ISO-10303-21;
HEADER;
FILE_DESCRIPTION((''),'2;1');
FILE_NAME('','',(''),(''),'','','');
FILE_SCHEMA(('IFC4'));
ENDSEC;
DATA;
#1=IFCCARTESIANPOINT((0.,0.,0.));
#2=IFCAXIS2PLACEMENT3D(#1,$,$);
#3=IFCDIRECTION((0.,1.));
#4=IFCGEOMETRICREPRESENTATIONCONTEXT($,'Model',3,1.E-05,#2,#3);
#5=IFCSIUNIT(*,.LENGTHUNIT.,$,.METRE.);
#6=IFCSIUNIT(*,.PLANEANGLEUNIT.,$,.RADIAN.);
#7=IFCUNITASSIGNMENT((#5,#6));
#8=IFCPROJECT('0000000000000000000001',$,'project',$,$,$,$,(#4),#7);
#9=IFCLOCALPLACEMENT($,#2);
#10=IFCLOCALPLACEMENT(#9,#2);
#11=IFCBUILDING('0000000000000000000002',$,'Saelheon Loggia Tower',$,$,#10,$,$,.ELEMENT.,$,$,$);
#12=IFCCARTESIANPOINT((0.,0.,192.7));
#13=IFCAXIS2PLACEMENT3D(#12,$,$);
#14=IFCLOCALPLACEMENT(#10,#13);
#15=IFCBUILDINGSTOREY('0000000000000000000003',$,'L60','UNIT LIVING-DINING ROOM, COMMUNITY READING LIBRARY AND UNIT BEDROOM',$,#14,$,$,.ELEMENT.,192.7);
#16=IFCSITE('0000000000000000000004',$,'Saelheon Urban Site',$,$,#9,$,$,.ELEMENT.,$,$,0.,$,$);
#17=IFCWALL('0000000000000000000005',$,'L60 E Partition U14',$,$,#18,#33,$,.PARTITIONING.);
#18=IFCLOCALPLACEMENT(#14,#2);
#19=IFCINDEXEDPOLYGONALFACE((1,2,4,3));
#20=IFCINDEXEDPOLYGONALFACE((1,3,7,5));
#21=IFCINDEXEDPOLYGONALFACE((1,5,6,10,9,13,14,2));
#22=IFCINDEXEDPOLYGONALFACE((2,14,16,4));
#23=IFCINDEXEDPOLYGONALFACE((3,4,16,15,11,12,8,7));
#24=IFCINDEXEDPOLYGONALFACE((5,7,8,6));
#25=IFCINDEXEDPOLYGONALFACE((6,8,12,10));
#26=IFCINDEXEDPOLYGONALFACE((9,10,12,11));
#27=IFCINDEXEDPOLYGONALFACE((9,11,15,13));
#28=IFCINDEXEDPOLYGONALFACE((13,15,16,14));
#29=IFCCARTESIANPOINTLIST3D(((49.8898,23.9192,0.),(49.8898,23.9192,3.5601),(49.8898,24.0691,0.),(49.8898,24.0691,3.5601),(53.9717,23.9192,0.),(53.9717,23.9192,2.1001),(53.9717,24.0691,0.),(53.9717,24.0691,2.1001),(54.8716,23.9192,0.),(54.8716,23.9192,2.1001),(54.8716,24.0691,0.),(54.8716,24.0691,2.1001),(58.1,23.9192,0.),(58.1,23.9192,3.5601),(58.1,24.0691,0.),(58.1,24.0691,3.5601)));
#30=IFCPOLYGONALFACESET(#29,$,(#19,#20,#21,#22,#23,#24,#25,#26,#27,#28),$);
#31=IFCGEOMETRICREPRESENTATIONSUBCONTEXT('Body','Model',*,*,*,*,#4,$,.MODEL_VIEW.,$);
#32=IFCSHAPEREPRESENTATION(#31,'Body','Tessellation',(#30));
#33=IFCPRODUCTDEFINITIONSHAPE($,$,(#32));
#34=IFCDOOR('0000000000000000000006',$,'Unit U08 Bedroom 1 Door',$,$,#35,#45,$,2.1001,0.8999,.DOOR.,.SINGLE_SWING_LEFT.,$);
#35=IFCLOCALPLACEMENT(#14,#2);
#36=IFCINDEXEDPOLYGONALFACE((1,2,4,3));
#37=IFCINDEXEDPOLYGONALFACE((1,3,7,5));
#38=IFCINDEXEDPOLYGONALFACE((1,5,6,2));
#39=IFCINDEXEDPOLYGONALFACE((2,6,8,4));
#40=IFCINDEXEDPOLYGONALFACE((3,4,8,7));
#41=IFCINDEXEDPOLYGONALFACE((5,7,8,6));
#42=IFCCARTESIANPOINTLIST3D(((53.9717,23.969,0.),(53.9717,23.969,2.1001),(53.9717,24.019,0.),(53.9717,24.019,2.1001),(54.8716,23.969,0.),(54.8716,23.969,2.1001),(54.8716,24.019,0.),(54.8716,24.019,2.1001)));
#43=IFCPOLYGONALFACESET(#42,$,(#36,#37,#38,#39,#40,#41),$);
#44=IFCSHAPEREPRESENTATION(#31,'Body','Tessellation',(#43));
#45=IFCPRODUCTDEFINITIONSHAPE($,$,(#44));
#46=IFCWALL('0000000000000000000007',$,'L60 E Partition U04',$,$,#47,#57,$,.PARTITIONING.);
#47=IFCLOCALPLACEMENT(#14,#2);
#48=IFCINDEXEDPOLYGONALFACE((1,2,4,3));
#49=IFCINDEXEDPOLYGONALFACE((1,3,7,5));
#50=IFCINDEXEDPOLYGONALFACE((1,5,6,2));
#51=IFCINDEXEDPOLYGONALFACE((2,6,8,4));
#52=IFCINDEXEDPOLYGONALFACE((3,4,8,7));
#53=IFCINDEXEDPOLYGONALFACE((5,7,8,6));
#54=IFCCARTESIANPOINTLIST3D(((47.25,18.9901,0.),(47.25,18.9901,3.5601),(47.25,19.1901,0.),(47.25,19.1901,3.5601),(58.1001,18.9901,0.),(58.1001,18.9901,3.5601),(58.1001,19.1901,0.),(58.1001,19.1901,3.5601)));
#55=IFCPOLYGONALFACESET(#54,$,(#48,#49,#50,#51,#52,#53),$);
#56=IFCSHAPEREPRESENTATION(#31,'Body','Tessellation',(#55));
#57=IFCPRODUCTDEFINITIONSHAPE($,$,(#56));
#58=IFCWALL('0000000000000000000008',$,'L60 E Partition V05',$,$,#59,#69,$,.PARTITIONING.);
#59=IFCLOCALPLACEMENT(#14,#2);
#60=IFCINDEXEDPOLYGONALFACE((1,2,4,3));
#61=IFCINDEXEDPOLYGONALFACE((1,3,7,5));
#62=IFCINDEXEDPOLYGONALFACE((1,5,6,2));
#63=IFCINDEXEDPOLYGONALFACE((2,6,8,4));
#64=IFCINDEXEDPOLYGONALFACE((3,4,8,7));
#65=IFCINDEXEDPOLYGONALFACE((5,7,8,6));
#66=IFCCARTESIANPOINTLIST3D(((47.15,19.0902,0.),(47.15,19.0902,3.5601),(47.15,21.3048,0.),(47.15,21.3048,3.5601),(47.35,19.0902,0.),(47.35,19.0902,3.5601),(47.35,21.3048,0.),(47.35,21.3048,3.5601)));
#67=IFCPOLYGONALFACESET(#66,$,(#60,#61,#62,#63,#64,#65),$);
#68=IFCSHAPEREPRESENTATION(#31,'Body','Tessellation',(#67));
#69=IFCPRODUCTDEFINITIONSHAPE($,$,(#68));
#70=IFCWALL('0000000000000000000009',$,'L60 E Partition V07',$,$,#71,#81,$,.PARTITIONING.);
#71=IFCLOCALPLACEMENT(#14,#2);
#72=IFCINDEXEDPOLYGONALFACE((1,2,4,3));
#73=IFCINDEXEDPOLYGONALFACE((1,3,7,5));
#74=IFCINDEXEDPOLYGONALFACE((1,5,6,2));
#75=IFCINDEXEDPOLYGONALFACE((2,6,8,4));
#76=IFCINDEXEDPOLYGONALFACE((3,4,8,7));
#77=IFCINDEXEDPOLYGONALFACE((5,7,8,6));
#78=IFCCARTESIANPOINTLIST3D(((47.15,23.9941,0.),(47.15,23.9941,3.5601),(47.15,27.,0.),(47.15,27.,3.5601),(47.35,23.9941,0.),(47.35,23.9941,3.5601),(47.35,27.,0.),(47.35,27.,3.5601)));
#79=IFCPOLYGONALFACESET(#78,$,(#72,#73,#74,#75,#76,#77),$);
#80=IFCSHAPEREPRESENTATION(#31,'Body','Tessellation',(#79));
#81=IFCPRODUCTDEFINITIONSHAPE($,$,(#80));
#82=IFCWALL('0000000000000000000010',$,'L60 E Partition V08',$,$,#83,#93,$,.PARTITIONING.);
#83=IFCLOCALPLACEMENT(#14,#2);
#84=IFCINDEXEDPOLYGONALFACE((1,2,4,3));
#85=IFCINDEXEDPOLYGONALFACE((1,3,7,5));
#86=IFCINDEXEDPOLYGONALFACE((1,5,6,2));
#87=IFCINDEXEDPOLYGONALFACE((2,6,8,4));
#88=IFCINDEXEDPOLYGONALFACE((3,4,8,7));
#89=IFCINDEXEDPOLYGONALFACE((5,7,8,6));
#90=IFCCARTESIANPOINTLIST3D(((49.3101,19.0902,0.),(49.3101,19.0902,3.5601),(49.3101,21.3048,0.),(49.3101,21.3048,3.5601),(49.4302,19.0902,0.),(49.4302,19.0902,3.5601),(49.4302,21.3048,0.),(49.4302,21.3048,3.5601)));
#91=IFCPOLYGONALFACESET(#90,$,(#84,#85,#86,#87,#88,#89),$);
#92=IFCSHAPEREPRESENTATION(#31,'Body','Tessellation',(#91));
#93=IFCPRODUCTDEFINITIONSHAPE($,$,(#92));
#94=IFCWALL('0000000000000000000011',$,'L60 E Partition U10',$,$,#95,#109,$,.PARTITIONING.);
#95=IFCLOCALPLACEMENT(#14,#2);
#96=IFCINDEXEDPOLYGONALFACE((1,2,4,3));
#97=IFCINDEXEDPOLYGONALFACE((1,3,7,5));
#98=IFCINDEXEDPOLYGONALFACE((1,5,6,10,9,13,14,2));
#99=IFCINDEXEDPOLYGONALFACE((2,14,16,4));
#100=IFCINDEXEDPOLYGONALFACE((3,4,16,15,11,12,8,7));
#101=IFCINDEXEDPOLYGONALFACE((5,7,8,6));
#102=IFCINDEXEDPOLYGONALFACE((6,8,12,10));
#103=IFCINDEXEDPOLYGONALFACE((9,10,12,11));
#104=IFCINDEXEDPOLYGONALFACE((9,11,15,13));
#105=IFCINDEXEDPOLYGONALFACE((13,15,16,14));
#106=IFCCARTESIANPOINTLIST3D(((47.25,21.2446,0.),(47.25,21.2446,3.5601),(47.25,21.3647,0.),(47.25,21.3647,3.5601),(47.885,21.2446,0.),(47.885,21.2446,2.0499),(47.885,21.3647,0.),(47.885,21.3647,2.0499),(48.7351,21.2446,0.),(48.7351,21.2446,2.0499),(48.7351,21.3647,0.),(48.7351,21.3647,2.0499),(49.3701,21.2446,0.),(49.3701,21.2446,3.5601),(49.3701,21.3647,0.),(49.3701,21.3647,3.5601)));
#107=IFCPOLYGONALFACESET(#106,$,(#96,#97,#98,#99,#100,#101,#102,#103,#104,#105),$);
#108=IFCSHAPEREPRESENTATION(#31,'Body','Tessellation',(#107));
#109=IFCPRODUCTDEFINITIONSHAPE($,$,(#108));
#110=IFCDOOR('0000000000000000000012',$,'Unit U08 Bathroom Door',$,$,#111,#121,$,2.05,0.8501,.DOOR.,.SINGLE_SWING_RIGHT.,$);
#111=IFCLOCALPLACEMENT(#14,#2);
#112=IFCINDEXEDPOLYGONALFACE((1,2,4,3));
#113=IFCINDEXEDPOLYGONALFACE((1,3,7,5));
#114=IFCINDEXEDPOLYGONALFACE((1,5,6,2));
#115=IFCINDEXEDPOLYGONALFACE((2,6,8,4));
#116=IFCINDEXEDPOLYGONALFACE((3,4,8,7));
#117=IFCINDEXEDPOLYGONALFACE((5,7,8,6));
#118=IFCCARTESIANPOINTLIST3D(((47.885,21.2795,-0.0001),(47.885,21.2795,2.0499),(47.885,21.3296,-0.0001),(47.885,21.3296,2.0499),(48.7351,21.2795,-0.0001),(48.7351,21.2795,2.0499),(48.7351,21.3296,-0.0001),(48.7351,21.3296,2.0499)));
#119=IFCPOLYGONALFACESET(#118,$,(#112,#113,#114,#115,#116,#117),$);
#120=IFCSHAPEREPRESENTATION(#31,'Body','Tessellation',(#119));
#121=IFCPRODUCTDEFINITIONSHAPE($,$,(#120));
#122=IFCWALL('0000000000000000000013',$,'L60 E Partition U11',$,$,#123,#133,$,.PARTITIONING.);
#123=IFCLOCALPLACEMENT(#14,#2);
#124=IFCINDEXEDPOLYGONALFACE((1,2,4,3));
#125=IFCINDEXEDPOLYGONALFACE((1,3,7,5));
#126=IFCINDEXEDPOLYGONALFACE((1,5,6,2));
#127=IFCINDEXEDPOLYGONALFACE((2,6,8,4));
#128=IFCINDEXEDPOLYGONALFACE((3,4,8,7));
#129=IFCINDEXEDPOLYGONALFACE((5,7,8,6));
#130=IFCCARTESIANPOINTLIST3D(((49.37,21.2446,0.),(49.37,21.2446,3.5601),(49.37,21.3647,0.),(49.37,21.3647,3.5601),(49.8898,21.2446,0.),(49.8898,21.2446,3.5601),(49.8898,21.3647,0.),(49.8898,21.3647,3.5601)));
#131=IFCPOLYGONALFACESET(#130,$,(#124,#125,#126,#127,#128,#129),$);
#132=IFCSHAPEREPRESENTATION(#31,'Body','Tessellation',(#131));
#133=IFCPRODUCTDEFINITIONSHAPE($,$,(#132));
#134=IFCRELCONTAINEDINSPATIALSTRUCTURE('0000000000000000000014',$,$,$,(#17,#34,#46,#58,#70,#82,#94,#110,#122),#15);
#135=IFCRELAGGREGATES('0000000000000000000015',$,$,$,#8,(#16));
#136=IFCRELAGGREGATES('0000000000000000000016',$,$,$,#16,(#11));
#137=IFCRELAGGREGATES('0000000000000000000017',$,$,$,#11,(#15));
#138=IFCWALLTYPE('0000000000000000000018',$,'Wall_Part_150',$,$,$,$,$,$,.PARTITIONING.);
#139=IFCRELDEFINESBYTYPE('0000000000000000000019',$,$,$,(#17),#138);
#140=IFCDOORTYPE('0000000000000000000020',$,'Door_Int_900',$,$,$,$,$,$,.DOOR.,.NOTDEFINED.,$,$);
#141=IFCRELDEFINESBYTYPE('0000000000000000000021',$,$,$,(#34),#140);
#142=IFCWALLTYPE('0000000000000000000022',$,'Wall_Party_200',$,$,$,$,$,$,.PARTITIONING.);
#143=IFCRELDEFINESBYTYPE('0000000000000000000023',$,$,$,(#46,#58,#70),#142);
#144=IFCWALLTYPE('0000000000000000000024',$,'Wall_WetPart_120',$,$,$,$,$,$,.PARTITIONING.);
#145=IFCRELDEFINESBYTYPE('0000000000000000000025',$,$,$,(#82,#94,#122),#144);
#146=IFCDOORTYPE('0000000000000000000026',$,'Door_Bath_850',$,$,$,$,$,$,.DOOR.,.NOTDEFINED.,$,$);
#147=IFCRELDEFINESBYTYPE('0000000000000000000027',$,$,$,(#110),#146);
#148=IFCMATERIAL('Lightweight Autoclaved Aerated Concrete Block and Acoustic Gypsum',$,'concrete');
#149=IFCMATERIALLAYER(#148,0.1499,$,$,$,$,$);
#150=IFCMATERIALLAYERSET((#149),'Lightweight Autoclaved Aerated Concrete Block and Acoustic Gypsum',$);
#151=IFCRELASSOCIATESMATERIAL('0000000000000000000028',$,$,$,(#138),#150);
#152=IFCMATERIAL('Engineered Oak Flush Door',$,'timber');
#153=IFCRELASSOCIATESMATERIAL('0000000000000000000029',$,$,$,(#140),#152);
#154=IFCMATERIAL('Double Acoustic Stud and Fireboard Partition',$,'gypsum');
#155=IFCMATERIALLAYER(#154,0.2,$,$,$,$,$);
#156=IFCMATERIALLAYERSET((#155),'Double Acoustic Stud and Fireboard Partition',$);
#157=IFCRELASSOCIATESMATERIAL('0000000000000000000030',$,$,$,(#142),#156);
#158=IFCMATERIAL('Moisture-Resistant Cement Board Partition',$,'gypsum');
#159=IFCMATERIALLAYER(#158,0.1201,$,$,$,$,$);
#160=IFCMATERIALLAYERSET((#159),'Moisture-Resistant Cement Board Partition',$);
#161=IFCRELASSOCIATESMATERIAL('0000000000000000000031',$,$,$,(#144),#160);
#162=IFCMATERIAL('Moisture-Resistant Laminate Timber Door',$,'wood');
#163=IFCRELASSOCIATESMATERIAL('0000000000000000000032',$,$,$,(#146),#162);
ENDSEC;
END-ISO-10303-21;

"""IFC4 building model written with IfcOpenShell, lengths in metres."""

from ifc_helpers import new_model, si_unit, direction, frame, frame_2d, origin, place, context, subcontext, project, spatial, rectangle, extrude, source, transform, mapped, material, layer, layer_set, type_object, element, fill, save


model = new_model("IFC4")

# Units and contexts
model_context = context("Model", 3, precision=1e-05, world=origin(), true_north=direction((0.0, 1.0)))
body_context = subcontext(model_context, "Body", "Model", "MODEL_VIEW")
ifc_project = project(units=[si_unit("LENGTHUNIT", "METRE"), si_unit("PLANEANGLEUNIT", "RADIAN")], contexts=[model_context])

# Site, building, storey
site_placement = place(None, origin())
site = spatial("IfcSite", under=ifc_project, at=site_placement, Name="Saelheon Urban Site", CompositionType="ELEMENT", RefElevation=0.0)
building_placement = place(site_placement, origin())
building = spatial("IfcBuilding", under=site, at=building_placement, Name="Saelheon Loggia Tower", CompositionType="ELEMENT")
storey_placement = place(building_placement, frame((0.0, 0.0, 192.7)))
storey = spatial("IfcBuildingStorey", under=building, at=storey_placement, Name="L60", Description="UNIT LIVING-DINING ROOM, COMMUNITY READING LIBRARY AND UNIT BEDROOM", CompositionType="ELEMENT", Elevation=192.7)

# Shared definitions
ifc_material_1 = material(Name="Lightweight Autoclaved Aerated Concrete Block and Acoustic Gypsum", Category="concrete")
ifc_layer_1 = layer(ifc_material_1, 0.1499)
ifc_layer_set_1 = layer_set([ifc_layer_1], Name="Lightweight Autoclaved Aerated Concrete Block and Acoustic Gypsum")
wall_type_1 = type_object("IfcWallType", Name="Wall_Part_150", PredefinedType="PARTITIONING", material=ifc_layer_set_1)

# Wall, opening, door
ifc_material_2 = material(Name="Engineered Oak Flush Door", Category="timber")
door_type_1 = type_object("IfcDoorType", Name="Door_Int_900", OperationType="NOTDEFINED", PredefinedType="DOOR", material=ifc_material_2)
shared_shape_1 = source(origin(), body_context, "Body", "SweptSolid", [
    extrude(rectangle(XDim=0.8999, YDim=2.1001, at=frame_2d((0.45, 1.05))), frame((0.0, 0.0249, 0.0), z_axis=(0.0, -1.0, 0.0), x_axis=(1.0, 0.0, 0.0)), (0.0, 0.0, 1.0), 0.05),
])
wall_1_placement = place(storey_placement, frame((49.8899, 23.9941, 0.0), z_axis=(0.0, 0.0, 1.0), x_axis=(1.0, 0.0, 0.0)))
wall_1 = element("IfcWall", 1, at=wall_1_placement, inside=storey, type_object=wall_type_1, Name="L60 E Partition U14", PredefinedType="PARTITIONING", context=body_context, shape_type="SweptSolid", body=[
    extrude(rectangle(XDim=8.2102, YDim=0.1499, at=frame_2d((4.105, 0.0))), origin(), (0.0, 0.0, 1.0), 3.5601),
])
opening_1_placement = place(wall_1_placement, frame((4.0818, 0.0, 0.0)))
opening_1 = element("IfcOpeningElement", 2, at=opening_1_placement, cuts=wall_1, PredefinedType="OPENING", context=body_context, shape_type="SweptSolid", body=[
    extrude(rectangle(XDim=0.8999, YDim=2.1001, at=frame_2d((0.45, 1.05))), frame((0.0, 0.0869, 0.0), z_axis=(0.0, -1.0, 0.0), x_axis=(1.0, 0.0, 0.0)), (0.0, 0.0, 1.0), 0.1738),
])
door_1_placement = place(opening_1_placement, origin())
door_1 = element("IfcDoor", 3, at=door_1_placement, inside=storey, type_object=door_type_1, Name="Unit U08 Bedroom 1 Door", OperationType="SINGLE_SWING_LEFT", OverallHeight=2.1001, OverallWidth=0.8999, PredefinedType="DOOR", context=body_context, shape_type="MappedRepresentation", body=[
    mapped(shared_shape_1, transform((0.0, 0.0, 0.0), scale=1.0)),
])
fill(opening_1, door_1)

# Walls
ifc_material_3 = material(Name="Double Acoustic Stud and Fireboard Partition", Category="gypsum")
ifc_layer_2 = layer(ifc_material_3, 0.2)
ifc_layer_set_2 = layer_set([ifc_layer_2], Name="Double Acoustic Stud and Fireboard Partition")
wall_type_2 = type_object("IfcWallType", Name="Wall_Party_200", PredefinedType="PARTITIONING", material=ifc_layer_set_2)
wall_2_placement = place(storey_placement, frame((47.25, 19.0901, 0.0), z_axis=(0.0, 0.0, 1.0), x_axis=(1.0, 0.0, 0.0)))
element("IfcWall", 4, at=wall_2_placement, inside=storey, type_object=wall_type_2, Name="L60 E Partition U04", PredefinedType="PARTITIONING", context=body_context, shape_type="SweptSolid", body=[
    extrude(rectangle(XDim=10.8501, YDim=0.2, at=frame_2d((5.425, 0.0))), origin(), (0.0, 0.0, 1.0), 3.5601),
])
wall_3_placement = place(storey_placement, frame((47.25, 19.0901, 0.0), z_axis=(0.0, 0.0, 1.0), x_axis=(0.0, 1.0, 0.0)))
element("IfcWall", 5, at=wall_3_placement, inside=storey, type_object=wall_type_2, Name="L60 E Partition V05", PredefinedType="PARTITIONING", context=body_context, shape_type="SweptSolid", body=[
    extrude(rectangle(XDim=2.2146, YDim=0.2, at=frame_2d((1.1074, 0.0))), origin(), (0.0, 0.0, 1.0), 3.5601),
])

# Walls
wall_4_placement = place(storey_placement, frame((47.25, 23.9941, 0.0), z_axis=(0.0, 0.0, 1.0), x_axis=(0.0, 1.0, 0.0)))
element("IfcWall", 6, at=wall_4_placement, inside=storey, type_object=wall_type_2, Name="L60 E Partition V07", PredefinedType="PARTITIONING", context=body_context, shape_type="SweptSolid", body=[
    extrude(rectangle(XDim=3.0059, YDim=0.2, at=frame_2d((1.5029, 0.0))), origin(), (0.0, 0.0, 1.0), 3.5601),
])
ifc_material_4 = material(Name="Moisture-Resistant Cement Board Partition", Category="gypsum")
ifc_layer_3 = layer(ifc_material_4, 0.1201)
ifc_layer_set_3 = layer_set([ifc_layer_3], Name="Moisture-Resistant Cement Board Partition")
wall_type_3 = type_object("IfcWallType", Name="Wall_WetPart_120", PredefinedType="PARTITIONING", material=ifc_layer_set_3)
wall_5_placement = place(storey_placement, frame((49.3701, 19.0901, 0.0), z_axis=(0.0, 0.0, 1.0), x_axis=(0.0, 1.0, 0.0)))
element("IfcWall", 7, at=wall_5_placement, inside=storey, type_object=wall_type_3, Name="L60 E Partition V08", PredefinedType="PARTITIONING", context=body_context, shape_type="SweptSolid", body=[
    extrude(rectangle(XDim=2.2146, YDim=0.1201, at=frame_2d((1.1074, 0.0))), origin(), (0.0, 0.0, 1.0), 3.5601),
])

# Wall, opening, door
wall_6_placement = place(storey_placement, frame((47.25, 21.3047, 0.0), z_axis=(0.0, 0.0, 1.0), x_axis=(1.0, 0.0, 0.0)))
wall_6 = element("IfcWall", 8, at=wall_6_placement, inside=storey, type_object=wall_type_3, Name="L60 E Partition U10", PredefinedType="PARTITIONING", context=body_context, shape_type="SweptSolid", body=[
    extrude(rectangle(XDim=2.1201, YDim=0.1201, at=frame_2d((1.0601, 0.0))), origin(), (0.0, 0.0, 1.0), 3.5601),
])
opening_2_placement = place(wall_6_placement, frame((0.635, 0.0, 0.0)))
opening_2 = element("IfcOpeningElement", 9, at=opening_2_placement, cuts=wall_6, PredefinedType="OPENING", context=body_context, shape_type="SweptSolid", body=[
    extrude(rectangle(XDim=0.8501, YDim=2.05, at=frame_2d((0.425, 1.0249))), frame((0.0, 0.072, 0.0), z_axis=(0.0, -1.0, 0.0), x_axis=(1.0, 0.0, 0.0)), (0.0, 0.0, 1.0), 0.144),
])
ifc_material_5 = material(Name="Moisture-Resistant Laminate Timber Door", Category="wood")
door_type_2 = type_object("IfcDoorType", Name="Door_Bath_850", OperationType="NOTDEFINED", PredefinedType="DOOR", material=ifc_material_5)
shared_shape_2 = source(origin(), body_context, "Body", "SweptSolid", [
    extrude(rectangle(XDim=0.8501, YDim=2.05, at=frame_2d((0.425, 1.0249))), frame((0.0, 0.0249, 0.0), z_axis=(0.0, -1.0, 0.0), x_axis=(1.0, 0.0, 0.0)), (0.0, 0.0, 1.0), 0.05),
])
door_2_placement = place(opening_2_placement, origin())
door_2 = element("IfcDoor", 10, at=door_2_placement, inside=storey, type_object=door_type_2, Name="Unit U08 Bathroom Door", OperationType="SINGLE_SWING_RIGHT", OverallHeight=2.05, OverallWidth=0.8501, PredefinedType="DOOR", context=body_context, shape_type="MappedRepresentation", body=[
    mapped(shared_shape_2, transform((0.0, 0.0, 0.0), scale=1.0)),
])
fill(opening_2, door_2)

# Wall
wall_7_placement = place(storey_placement, frame((49.3701, 21.3047, 0.0), z_axis=(0.0, 0.0, 1.0), x_axis=(1.0, 0.0, 0.0)))
element("IfcWall", 11, at=wall_7_placement, inside=storey, type_object=wall_type_3, Name="L60 E Partition U11", PredefinedType="PARTITIONING", context=body_context, shape_type="SweptSolid", body=[
    extrude(rectangle(XDim=0.5198, YDim=0.1201, at=frame_2d((0.2598, 0.0))), origin(), (0.0, 0.0, 1.0), 3.5601),
])

save(model, "model.ifc")
